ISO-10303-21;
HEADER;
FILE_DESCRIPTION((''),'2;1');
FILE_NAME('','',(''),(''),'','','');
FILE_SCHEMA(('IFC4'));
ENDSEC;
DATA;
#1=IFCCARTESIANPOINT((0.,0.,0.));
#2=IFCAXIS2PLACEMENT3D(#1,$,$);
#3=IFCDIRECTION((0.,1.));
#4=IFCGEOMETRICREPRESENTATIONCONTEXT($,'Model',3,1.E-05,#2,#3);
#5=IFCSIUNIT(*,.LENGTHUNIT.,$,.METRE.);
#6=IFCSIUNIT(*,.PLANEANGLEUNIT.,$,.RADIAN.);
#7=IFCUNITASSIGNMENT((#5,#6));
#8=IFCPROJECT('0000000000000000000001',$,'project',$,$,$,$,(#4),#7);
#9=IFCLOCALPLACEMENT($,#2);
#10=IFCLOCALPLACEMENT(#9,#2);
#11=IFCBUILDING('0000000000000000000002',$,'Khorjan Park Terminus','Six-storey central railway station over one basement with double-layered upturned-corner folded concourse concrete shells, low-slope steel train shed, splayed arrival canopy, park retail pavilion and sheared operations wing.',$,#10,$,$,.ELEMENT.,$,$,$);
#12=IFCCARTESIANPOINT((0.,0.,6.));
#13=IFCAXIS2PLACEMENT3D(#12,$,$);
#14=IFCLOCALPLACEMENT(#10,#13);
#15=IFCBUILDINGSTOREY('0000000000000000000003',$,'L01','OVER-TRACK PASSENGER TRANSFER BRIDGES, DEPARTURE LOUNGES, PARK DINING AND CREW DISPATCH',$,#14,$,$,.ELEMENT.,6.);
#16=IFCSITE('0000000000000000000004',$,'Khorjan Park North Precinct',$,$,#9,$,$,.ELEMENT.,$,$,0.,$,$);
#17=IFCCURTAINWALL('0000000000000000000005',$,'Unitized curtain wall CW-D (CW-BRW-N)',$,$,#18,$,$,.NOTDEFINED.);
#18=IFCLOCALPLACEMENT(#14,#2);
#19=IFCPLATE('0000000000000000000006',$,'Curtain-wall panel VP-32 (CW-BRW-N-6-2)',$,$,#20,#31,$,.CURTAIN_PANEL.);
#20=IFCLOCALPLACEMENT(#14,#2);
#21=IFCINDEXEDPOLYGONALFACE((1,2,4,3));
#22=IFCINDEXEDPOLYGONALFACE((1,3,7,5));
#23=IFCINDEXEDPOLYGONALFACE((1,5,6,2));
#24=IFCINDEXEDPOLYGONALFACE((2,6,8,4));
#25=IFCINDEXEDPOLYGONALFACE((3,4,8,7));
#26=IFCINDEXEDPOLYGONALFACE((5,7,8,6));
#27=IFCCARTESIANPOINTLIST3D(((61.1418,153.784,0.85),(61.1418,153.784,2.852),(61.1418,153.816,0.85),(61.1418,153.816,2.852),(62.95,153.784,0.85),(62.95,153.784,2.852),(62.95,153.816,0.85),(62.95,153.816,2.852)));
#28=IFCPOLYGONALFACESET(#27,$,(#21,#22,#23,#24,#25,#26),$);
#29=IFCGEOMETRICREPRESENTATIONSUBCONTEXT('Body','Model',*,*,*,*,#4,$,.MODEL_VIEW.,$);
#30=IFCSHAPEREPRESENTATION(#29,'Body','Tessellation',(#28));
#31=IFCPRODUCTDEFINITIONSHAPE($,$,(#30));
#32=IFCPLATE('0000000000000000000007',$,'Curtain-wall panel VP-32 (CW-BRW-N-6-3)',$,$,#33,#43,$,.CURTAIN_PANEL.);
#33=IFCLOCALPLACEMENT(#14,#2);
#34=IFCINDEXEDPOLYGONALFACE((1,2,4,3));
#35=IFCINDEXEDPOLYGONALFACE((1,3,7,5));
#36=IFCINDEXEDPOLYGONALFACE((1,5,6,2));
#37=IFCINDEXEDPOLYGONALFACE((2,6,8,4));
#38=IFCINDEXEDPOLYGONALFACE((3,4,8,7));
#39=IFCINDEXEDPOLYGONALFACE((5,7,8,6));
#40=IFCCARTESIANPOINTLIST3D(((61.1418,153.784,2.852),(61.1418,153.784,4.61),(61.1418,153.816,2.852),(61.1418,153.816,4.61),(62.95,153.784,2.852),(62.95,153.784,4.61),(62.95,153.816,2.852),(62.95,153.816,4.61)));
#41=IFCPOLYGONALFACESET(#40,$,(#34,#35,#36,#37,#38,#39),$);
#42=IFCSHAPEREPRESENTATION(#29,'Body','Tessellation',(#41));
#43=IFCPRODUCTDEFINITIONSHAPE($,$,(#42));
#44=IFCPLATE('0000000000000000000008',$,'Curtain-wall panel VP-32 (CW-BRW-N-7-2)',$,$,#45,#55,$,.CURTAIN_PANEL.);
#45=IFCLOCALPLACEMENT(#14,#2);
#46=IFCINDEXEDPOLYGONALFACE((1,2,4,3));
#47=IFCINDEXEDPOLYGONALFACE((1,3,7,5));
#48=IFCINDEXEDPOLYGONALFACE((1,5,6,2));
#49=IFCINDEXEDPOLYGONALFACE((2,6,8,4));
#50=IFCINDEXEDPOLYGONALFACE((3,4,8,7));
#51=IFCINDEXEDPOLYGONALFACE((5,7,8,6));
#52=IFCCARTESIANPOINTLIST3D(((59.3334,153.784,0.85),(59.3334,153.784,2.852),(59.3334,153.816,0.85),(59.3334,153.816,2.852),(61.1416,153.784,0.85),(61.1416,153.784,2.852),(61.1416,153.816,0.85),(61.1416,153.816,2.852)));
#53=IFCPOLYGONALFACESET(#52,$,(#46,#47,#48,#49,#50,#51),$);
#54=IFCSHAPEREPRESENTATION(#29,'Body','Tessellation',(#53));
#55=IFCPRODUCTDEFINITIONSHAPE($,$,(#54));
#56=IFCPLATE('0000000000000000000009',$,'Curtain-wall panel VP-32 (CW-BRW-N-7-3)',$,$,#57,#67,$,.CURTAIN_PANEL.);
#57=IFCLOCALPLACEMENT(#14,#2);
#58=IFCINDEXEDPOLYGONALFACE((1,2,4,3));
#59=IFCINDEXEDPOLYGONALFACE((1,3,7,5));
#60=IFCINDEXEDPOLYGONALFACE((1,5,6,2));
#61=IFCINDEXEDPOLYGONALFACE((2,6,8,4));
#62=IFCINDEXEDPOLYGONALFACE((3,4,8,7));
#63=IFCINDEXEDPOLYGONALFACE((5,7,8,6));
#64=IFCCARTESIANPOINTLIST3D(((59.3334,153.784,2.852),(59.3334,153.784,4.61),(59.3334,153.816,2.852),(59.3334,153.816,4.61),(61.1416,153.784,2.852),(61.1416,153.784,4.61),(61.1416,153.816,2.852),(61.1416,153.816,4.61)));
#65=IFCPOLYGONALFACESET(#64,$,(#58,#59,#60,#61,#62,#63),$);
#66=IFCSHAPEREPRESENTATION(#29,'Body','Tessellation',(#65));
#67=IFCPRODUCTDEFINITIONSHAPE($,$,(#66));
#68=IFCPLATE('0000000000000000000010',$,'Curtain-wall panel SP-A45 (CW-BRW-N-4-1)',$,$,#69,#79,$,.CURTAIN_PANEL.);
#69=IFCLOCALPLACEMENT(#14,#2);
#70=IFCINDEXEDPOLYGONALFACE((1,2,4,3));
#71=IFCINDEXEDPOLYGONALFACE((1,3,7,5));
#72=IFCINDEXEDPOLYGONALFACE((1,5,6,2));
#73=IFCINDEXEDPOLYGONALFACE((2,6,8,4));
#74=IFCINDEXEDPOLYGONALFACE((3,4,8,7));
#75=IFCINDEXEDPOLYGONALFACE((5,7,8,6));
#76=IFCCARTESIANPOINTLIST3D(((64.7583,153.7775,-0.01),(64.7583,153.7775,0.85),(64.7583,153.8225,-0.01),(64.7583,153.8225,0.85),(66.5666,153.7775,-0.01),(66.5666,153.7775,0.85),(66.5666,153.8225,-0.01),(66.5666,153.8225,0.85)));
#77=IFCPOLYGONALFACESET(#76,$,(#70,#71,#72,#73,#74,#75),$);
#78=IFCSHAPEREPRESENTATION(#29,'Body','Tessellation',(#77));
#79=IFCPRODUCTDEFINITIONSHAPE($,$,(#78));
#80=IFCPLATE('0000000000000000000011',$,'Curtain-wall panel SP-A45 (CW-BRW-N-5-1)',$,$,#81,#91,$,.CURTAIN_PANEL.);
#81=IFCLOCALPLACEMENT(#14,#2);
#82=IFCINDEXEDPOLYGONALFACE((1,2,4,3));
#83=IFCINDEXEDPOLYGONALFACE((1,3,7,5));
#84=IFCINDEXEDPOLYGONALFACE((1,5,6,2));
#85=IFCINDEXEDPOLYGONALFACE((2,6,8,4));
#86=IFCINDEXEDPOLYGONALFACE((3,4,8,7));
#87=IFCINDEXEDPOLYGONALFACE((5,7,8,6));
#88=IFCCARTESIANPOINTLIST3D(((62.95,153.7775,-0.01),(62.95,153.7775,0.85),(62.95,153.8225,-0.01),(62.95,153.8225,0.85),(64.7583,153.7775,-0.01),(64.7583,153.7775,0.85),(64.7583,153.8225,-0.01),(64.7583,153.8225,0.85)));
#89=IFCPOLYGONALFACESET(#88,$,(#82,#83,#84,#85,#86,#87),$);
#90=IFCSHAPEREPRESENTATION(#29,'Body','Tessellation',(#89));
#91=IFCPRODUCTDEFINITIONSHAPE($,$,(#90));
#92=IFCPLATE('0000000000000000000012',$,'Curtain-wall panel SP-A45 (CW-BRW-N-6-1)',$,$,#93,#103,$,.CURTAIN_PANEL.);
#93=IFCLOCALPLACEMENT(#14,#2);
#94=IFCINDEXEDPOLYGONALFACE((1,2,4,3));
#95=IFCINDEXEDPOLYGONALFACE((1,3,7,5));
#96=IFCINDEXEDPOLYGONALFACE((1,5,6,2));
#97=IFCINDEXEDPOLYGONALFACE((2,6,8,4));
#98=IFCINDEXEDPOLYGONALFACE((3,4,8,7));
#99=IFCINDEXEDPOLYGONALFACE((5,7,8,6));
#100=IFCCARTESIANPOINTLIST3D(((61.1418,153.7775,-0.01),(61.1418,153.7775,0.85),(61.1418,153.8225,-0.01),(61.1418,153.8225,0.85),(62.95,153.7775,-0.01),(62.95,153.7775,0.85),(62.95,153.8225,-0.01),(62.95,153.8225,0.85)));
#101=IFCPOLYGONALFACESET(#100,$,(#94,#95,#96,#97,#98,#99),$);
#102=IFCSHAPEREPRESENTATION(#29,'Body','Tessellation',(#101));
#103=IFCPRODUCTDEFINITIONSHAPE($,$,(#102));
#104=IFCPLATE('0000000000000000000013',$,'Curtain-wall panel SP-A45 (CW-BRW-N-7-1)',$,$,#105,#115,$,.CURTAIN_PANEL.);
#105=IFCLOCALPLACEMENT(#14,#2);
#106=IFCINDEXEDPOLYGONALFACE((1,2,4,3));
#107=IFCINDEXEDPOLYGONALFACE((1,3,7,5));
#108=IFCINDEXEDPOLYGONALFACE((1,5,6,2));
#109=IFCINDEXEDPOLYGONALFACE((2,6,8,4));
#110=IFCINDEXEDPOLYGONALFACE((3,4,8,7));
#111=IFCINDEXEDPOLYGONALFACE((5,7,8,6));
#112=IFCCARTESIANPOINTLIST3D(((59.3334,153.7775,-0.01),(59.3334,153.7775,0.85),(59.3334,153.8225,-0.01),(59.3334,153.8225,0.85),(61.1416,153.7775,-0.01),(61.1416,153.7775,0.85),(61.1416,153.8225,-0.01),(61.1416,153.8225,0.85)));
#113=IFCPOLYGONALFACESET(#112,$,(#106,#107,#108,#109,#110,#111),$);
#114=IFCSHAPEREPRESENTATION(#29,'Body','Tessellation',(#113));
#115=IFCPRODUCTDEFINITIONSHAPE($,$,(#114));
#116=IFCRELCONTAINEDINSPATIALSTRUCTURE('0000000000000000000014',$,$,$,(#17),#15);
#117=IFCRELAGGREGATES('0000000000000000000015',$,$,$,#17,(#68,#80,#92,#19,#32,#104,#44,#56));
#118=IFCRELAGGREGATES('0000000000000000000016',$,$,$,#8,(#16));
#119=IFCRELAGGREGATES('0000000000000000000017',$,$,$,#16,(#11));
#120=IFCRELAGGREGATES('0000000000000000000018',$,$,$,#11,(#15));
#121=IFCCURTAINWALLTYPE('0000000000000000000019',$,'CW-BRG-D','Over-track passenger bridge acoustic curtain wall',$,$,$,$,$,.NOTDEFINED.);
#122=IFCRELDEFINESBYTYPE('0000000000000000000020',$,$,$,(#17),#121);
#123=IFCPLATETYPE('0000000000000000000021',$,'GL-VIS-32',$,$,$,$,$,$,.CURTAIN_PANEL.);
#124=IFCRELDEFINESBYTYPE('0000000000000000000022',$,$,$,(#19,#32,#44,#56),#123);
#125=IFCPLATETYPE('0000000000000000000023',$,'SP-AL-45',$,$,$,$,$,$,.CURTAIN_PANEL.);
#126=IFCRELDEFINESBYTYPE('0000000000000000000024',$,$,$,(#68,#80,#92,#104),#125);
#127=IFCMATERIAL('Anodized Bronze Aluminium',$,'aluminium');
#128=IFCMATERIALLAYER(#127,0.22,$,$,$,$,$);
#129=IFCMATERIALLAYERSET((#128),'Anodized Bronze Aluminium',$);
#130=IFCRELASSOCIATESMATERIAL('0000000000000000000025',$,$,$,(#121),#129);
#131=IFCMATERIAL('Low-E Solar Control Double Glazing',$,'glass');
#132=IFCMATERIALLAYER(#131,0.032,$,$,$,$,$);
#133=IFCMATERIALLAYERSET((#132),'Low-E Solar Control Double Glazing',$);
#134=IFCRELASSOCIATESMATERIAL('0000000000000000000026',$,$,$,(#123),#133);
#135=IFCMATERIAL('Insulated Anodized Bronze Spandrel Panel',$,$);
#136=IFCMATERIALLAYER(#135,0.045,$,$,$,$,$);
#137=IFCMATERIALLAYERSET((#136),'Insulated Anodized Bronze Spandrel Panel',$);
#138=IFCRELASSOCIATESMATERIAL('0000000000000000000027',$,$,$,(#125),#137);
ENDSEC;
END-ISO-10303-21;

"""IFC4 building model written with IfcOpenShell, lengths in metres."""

from ifc_helpers import new_model, si_unit, direction, frame, origin, origin_2d, place, context, subcontext, project, spatial, rectangle, extrude, material, layer, layer_set, type_object, element, aggregate, save


model = new_model("IFC4")

# Units and contexts
model_context = context("Model", 3, precision=1e-05, world=origin(), true_north=direction((0.0, 1.0)))
body_context = subcontext(model_context, "Body", "Model", "MODEL_VIEW")
ifc_project = project(units=[si_unit("LENGTHUNIT", "METRE"), si_unit("PLANEANGLEUNIT", "RADIAN")], contexts=[model_context])

# Site, building, storey
site_placement = place(None, origin())
site = spatial("IfcSite", under=ifc_project, at=site_placement, Name="Khorjan Park North Precinct", CompositionType="ELEMENT", RefElevation=0.0)
building_placement = place(site_placement, origin())
building = spatial("IfcBuilding", under=site, at=building_placement, Name="Khorjan Park Terminus", Description="Six-storey central railway station over one basement with double-layered upturned-corner folded concourse concrete shells, low-slope steel train shed, splayed arrival canopy, park retail pavilion and sheared operations wing.", CompositionType="ELEMENT")
storey_placement = place(building_placement, frame((0.0, 0.0, 6.0)))
storey = spatial("IfcBuildingStorey", under=building, at=storey_placement, Name="L01", Description="OVER-TRACK PASSENGER TRANSFER BRIDGES, DEPARTURE LOUNGES, PARK DINING AND CREW DISPATCH", CompositionType="ELEMENT", Elevation=6.0)

# Curtain wall, plates
ifc_material_1 = material(Name="Anodized Bronze Aluminium", Category="aluminium")
ifc_layer_1 = layer(ifc_material_1, 0.22)
ifc_layer_set_1 = layer_set([ifc_layer_1], Name="Anodized Bronze Aluminium")
curtain_wall_type = type_object("IfcCurtainWallType", Name="CW-BRG-D", Description="Over-track passenger bridge acoustic curtain wall", PredefinedType="NOTDEFINED", material=ifc_layer_set_1)
curtain_wall_placement = place(storey_placement, origin())
curtain_wall = element("IfcCurtainWall", 1, at=curtain_wall_placement, inside=storey, type_object=curtain_wall_type, Name="Unitized curtain wall CW-D (CW-BRW-N)", PredefinedType="NOTDEFINED")
ifc_material_2 = material(Name="Low-E Solar Control Double Glazing", Category="glass")
ifc_layer_2 = layer(ifc_material_2, 0.032)
ifc_layer_set_2 = layer_set([ifc_layer_2], Name="Low-E Solar Control Double Glazing")
plate_type_1 = type_object("IfcPlateType", Name="GL-VIS-32", PredefinedType="CURTAIN_PANEL", material=ifc_layer_set_2)
plate_1_placement = place(storey_placement, frame((62.0459, 153.8, 0.85), z_axis=(0.0, 0.0, 1.0), x_axis=(-1.0, 0.0, 0.0)))
plate_1 = element("IfcPlate", 2, at=plate_1_placement, type_object=plate_type_1, Name="Curtain-wall panel VP-32 (CW-BRW-N-6-2)", PredefinedType="CURTAIN_PANEL", context=body_context, shape_type="SweptSolid", body=[
    extrude(rectangle(XDim=1.8083, YDim=0.032, at=origin_2d()), origin(), (0.0, 0.0, 1.0), 2.002),
])
plate_2_placement = place(storey_placement, frame((62.0459, 153.8, 2.852), z_axis=(0.0, 0.0, 1.0), x_axis=(-1.0, 0.0, 0.0)))
plate_2 = element("IfcPlate", 3, at=plate_2_placement, type_object=plate_type_1, Name="Curtain-wall panel VP-32 (CW-BRW-N-6-3)", PredefinedType="CURTAIN_PANEL", context=body_context, shape_type="SweptSolid", body=[
    extrude(rectangle(XDim=1.8083, YDim=0.032, at=origin_2d()), origin(), (0.0, 0.0, 1.0), 1.758),
])
plate_3_placement = place(storey_placement, frame((60.2375, 153.8, 0.85), z_axis=(0.0, 0.0, 1.0), x_axis=(-1.0, 0.0, 0.0)))
plate_3 = element("IfcPlate", 4, at=plate_3_placement, type_object=plate_type_1, Name="Curtain-wall panel VP-32 (CW-BRW-N-7-2)", PredefinedType="CURTAIN_PANEL", context=body_context, shape_type="SweptSolid", body=[
    extrude(rectangle(XDim=1.8083, YDim=0.032, at=origin_2d()), origin(), (0.0, 0.0, 1.0), 2.002),
])
plate_4_placement = place(storey_placement, frame((60.2375, 153.8, 2.852), z_axis=(0.0, 0.0, 1.0), x_axis=(-1.0, 0.0, 0.0)))
plate_4 = element("IfcPlate", 5, at=plate_4_placement, type_object=plate_type_1, Name="Curtain-wall panel VP-32 (CW-BRW-N-7-3)", PredefinedType="CURTAIN_PANEL", context=body_context, shape_type="SweptSolid", body=[
    extrude(rectangle(XDim=1.8083, YDim=0.032, at=origin_2d()), origin(), (0.0, 0.0, 1.0), 1.758),
])
ifc_material_3 = material(Name="Insulated Anodized Bronze Spandrel Panel")
ifc_layer_3 = layer(ifc_material_3, 0.045)
ifc_layer_set_3 = layer_set([ifc_layer_3], Name="Insulated Anodized Bronze Spandrel Panel")
plate_type_2 = type_object("IfcPlateType", Name="SP-AL-45", PredefinedType="CURTAIN_PANEL", material=ifc_layer_set_3)
plate_5_placement = place(storey_placement, frame((65.6625, 153.8, -0.01), z_axis=(0.0, 0.0, 1.0), x_axis=(-1.0, 0.0, 0.0)))
plate_5 = element("IfcPlate", 6, at=plate_5_placement, type_object=plate_type_2, Name="Curtain-wall panel SP-A45 (CW-BRW-N-4-1)", PredefinedType="CURTAIN_PANEL", context=body_context, shape_type="SweptSolid", body=[
    extrude(rectangle(XDim=1.8083, YDim=0.045, at=origin_2d()), origin(), (0.0, 0.0, 1.0), 0.86),
])
plate_6_placement = place(storey_placement, frame((63.8542, 153.8, -0.01), z_axis=(0.0, 0.0, 1.0), x_axis=(-1.0, 0.0, 0.0)))
plate_6 = element("IfcPlate", 7, at=plate_6_placement, type_object=plate_type_2, Name="Curtain-wall panel SP-A45 (CW-BRW-N-5-1)", PredefinedType="CURTAIN_PANEL", context=body_context, shape_type="SweptSolid", body=[
    extrude(rectangle(XDim=1.8083, YDim=0.045, at=origin_2d()), origin(), (0.0, 0.0, 1.0), 0.86),
])
plate_7_placement = place(storey_placement, frame((62.0459, 153.8, -0.01), z_axis=(0.0, 0.0, 1.0), x_axis=(-1.0, 0.0, 0.0)))
plate_7 = element("IfcPlate", 8, at=plate_7_placement, type_object=plate_type_2, Name="Curtain-wall panel SP-A45 (CW-BRW-N-6-1)", PredefinedType="CURTAIN_PANEL", context=body_context, shape_type="SweptSolid", body=[
    extrude(rectangle(XDim=1.8083, YDim=0.045, at=origin_2d()), origin(), (0.0, 0.0, 1.0), 0.86),
])
plate_8_placement = place(storey_placement, frame((60.2375, 153.8, -0.01), z_axis=(0.0, 0.0, 1.0), x_axis=(-1.0, 0.0, 0.0)))
plate_8 = element("IfcPlate", 9, at=plate_8_placement, type_object=plate_type_2, Name="Curtain-wall panel SP-A45 (CW-BRW-N-7-1)", PredefinedType="CURTAIN_PANEL", context=body_context, shape_type="SweptSolid", body=[
    extrude(rectangle(XDim=1.8083, YDim=0.045, at=origin_2d()), origin(), (0.0, 0.0, 1.0), 0.86),
])
aggregate(curtain_wall, [plate_5, plate_6, plate_7, plate_1, plate_2, plate_8, plate_3, plate_4])

save(model, "model.ifc")
